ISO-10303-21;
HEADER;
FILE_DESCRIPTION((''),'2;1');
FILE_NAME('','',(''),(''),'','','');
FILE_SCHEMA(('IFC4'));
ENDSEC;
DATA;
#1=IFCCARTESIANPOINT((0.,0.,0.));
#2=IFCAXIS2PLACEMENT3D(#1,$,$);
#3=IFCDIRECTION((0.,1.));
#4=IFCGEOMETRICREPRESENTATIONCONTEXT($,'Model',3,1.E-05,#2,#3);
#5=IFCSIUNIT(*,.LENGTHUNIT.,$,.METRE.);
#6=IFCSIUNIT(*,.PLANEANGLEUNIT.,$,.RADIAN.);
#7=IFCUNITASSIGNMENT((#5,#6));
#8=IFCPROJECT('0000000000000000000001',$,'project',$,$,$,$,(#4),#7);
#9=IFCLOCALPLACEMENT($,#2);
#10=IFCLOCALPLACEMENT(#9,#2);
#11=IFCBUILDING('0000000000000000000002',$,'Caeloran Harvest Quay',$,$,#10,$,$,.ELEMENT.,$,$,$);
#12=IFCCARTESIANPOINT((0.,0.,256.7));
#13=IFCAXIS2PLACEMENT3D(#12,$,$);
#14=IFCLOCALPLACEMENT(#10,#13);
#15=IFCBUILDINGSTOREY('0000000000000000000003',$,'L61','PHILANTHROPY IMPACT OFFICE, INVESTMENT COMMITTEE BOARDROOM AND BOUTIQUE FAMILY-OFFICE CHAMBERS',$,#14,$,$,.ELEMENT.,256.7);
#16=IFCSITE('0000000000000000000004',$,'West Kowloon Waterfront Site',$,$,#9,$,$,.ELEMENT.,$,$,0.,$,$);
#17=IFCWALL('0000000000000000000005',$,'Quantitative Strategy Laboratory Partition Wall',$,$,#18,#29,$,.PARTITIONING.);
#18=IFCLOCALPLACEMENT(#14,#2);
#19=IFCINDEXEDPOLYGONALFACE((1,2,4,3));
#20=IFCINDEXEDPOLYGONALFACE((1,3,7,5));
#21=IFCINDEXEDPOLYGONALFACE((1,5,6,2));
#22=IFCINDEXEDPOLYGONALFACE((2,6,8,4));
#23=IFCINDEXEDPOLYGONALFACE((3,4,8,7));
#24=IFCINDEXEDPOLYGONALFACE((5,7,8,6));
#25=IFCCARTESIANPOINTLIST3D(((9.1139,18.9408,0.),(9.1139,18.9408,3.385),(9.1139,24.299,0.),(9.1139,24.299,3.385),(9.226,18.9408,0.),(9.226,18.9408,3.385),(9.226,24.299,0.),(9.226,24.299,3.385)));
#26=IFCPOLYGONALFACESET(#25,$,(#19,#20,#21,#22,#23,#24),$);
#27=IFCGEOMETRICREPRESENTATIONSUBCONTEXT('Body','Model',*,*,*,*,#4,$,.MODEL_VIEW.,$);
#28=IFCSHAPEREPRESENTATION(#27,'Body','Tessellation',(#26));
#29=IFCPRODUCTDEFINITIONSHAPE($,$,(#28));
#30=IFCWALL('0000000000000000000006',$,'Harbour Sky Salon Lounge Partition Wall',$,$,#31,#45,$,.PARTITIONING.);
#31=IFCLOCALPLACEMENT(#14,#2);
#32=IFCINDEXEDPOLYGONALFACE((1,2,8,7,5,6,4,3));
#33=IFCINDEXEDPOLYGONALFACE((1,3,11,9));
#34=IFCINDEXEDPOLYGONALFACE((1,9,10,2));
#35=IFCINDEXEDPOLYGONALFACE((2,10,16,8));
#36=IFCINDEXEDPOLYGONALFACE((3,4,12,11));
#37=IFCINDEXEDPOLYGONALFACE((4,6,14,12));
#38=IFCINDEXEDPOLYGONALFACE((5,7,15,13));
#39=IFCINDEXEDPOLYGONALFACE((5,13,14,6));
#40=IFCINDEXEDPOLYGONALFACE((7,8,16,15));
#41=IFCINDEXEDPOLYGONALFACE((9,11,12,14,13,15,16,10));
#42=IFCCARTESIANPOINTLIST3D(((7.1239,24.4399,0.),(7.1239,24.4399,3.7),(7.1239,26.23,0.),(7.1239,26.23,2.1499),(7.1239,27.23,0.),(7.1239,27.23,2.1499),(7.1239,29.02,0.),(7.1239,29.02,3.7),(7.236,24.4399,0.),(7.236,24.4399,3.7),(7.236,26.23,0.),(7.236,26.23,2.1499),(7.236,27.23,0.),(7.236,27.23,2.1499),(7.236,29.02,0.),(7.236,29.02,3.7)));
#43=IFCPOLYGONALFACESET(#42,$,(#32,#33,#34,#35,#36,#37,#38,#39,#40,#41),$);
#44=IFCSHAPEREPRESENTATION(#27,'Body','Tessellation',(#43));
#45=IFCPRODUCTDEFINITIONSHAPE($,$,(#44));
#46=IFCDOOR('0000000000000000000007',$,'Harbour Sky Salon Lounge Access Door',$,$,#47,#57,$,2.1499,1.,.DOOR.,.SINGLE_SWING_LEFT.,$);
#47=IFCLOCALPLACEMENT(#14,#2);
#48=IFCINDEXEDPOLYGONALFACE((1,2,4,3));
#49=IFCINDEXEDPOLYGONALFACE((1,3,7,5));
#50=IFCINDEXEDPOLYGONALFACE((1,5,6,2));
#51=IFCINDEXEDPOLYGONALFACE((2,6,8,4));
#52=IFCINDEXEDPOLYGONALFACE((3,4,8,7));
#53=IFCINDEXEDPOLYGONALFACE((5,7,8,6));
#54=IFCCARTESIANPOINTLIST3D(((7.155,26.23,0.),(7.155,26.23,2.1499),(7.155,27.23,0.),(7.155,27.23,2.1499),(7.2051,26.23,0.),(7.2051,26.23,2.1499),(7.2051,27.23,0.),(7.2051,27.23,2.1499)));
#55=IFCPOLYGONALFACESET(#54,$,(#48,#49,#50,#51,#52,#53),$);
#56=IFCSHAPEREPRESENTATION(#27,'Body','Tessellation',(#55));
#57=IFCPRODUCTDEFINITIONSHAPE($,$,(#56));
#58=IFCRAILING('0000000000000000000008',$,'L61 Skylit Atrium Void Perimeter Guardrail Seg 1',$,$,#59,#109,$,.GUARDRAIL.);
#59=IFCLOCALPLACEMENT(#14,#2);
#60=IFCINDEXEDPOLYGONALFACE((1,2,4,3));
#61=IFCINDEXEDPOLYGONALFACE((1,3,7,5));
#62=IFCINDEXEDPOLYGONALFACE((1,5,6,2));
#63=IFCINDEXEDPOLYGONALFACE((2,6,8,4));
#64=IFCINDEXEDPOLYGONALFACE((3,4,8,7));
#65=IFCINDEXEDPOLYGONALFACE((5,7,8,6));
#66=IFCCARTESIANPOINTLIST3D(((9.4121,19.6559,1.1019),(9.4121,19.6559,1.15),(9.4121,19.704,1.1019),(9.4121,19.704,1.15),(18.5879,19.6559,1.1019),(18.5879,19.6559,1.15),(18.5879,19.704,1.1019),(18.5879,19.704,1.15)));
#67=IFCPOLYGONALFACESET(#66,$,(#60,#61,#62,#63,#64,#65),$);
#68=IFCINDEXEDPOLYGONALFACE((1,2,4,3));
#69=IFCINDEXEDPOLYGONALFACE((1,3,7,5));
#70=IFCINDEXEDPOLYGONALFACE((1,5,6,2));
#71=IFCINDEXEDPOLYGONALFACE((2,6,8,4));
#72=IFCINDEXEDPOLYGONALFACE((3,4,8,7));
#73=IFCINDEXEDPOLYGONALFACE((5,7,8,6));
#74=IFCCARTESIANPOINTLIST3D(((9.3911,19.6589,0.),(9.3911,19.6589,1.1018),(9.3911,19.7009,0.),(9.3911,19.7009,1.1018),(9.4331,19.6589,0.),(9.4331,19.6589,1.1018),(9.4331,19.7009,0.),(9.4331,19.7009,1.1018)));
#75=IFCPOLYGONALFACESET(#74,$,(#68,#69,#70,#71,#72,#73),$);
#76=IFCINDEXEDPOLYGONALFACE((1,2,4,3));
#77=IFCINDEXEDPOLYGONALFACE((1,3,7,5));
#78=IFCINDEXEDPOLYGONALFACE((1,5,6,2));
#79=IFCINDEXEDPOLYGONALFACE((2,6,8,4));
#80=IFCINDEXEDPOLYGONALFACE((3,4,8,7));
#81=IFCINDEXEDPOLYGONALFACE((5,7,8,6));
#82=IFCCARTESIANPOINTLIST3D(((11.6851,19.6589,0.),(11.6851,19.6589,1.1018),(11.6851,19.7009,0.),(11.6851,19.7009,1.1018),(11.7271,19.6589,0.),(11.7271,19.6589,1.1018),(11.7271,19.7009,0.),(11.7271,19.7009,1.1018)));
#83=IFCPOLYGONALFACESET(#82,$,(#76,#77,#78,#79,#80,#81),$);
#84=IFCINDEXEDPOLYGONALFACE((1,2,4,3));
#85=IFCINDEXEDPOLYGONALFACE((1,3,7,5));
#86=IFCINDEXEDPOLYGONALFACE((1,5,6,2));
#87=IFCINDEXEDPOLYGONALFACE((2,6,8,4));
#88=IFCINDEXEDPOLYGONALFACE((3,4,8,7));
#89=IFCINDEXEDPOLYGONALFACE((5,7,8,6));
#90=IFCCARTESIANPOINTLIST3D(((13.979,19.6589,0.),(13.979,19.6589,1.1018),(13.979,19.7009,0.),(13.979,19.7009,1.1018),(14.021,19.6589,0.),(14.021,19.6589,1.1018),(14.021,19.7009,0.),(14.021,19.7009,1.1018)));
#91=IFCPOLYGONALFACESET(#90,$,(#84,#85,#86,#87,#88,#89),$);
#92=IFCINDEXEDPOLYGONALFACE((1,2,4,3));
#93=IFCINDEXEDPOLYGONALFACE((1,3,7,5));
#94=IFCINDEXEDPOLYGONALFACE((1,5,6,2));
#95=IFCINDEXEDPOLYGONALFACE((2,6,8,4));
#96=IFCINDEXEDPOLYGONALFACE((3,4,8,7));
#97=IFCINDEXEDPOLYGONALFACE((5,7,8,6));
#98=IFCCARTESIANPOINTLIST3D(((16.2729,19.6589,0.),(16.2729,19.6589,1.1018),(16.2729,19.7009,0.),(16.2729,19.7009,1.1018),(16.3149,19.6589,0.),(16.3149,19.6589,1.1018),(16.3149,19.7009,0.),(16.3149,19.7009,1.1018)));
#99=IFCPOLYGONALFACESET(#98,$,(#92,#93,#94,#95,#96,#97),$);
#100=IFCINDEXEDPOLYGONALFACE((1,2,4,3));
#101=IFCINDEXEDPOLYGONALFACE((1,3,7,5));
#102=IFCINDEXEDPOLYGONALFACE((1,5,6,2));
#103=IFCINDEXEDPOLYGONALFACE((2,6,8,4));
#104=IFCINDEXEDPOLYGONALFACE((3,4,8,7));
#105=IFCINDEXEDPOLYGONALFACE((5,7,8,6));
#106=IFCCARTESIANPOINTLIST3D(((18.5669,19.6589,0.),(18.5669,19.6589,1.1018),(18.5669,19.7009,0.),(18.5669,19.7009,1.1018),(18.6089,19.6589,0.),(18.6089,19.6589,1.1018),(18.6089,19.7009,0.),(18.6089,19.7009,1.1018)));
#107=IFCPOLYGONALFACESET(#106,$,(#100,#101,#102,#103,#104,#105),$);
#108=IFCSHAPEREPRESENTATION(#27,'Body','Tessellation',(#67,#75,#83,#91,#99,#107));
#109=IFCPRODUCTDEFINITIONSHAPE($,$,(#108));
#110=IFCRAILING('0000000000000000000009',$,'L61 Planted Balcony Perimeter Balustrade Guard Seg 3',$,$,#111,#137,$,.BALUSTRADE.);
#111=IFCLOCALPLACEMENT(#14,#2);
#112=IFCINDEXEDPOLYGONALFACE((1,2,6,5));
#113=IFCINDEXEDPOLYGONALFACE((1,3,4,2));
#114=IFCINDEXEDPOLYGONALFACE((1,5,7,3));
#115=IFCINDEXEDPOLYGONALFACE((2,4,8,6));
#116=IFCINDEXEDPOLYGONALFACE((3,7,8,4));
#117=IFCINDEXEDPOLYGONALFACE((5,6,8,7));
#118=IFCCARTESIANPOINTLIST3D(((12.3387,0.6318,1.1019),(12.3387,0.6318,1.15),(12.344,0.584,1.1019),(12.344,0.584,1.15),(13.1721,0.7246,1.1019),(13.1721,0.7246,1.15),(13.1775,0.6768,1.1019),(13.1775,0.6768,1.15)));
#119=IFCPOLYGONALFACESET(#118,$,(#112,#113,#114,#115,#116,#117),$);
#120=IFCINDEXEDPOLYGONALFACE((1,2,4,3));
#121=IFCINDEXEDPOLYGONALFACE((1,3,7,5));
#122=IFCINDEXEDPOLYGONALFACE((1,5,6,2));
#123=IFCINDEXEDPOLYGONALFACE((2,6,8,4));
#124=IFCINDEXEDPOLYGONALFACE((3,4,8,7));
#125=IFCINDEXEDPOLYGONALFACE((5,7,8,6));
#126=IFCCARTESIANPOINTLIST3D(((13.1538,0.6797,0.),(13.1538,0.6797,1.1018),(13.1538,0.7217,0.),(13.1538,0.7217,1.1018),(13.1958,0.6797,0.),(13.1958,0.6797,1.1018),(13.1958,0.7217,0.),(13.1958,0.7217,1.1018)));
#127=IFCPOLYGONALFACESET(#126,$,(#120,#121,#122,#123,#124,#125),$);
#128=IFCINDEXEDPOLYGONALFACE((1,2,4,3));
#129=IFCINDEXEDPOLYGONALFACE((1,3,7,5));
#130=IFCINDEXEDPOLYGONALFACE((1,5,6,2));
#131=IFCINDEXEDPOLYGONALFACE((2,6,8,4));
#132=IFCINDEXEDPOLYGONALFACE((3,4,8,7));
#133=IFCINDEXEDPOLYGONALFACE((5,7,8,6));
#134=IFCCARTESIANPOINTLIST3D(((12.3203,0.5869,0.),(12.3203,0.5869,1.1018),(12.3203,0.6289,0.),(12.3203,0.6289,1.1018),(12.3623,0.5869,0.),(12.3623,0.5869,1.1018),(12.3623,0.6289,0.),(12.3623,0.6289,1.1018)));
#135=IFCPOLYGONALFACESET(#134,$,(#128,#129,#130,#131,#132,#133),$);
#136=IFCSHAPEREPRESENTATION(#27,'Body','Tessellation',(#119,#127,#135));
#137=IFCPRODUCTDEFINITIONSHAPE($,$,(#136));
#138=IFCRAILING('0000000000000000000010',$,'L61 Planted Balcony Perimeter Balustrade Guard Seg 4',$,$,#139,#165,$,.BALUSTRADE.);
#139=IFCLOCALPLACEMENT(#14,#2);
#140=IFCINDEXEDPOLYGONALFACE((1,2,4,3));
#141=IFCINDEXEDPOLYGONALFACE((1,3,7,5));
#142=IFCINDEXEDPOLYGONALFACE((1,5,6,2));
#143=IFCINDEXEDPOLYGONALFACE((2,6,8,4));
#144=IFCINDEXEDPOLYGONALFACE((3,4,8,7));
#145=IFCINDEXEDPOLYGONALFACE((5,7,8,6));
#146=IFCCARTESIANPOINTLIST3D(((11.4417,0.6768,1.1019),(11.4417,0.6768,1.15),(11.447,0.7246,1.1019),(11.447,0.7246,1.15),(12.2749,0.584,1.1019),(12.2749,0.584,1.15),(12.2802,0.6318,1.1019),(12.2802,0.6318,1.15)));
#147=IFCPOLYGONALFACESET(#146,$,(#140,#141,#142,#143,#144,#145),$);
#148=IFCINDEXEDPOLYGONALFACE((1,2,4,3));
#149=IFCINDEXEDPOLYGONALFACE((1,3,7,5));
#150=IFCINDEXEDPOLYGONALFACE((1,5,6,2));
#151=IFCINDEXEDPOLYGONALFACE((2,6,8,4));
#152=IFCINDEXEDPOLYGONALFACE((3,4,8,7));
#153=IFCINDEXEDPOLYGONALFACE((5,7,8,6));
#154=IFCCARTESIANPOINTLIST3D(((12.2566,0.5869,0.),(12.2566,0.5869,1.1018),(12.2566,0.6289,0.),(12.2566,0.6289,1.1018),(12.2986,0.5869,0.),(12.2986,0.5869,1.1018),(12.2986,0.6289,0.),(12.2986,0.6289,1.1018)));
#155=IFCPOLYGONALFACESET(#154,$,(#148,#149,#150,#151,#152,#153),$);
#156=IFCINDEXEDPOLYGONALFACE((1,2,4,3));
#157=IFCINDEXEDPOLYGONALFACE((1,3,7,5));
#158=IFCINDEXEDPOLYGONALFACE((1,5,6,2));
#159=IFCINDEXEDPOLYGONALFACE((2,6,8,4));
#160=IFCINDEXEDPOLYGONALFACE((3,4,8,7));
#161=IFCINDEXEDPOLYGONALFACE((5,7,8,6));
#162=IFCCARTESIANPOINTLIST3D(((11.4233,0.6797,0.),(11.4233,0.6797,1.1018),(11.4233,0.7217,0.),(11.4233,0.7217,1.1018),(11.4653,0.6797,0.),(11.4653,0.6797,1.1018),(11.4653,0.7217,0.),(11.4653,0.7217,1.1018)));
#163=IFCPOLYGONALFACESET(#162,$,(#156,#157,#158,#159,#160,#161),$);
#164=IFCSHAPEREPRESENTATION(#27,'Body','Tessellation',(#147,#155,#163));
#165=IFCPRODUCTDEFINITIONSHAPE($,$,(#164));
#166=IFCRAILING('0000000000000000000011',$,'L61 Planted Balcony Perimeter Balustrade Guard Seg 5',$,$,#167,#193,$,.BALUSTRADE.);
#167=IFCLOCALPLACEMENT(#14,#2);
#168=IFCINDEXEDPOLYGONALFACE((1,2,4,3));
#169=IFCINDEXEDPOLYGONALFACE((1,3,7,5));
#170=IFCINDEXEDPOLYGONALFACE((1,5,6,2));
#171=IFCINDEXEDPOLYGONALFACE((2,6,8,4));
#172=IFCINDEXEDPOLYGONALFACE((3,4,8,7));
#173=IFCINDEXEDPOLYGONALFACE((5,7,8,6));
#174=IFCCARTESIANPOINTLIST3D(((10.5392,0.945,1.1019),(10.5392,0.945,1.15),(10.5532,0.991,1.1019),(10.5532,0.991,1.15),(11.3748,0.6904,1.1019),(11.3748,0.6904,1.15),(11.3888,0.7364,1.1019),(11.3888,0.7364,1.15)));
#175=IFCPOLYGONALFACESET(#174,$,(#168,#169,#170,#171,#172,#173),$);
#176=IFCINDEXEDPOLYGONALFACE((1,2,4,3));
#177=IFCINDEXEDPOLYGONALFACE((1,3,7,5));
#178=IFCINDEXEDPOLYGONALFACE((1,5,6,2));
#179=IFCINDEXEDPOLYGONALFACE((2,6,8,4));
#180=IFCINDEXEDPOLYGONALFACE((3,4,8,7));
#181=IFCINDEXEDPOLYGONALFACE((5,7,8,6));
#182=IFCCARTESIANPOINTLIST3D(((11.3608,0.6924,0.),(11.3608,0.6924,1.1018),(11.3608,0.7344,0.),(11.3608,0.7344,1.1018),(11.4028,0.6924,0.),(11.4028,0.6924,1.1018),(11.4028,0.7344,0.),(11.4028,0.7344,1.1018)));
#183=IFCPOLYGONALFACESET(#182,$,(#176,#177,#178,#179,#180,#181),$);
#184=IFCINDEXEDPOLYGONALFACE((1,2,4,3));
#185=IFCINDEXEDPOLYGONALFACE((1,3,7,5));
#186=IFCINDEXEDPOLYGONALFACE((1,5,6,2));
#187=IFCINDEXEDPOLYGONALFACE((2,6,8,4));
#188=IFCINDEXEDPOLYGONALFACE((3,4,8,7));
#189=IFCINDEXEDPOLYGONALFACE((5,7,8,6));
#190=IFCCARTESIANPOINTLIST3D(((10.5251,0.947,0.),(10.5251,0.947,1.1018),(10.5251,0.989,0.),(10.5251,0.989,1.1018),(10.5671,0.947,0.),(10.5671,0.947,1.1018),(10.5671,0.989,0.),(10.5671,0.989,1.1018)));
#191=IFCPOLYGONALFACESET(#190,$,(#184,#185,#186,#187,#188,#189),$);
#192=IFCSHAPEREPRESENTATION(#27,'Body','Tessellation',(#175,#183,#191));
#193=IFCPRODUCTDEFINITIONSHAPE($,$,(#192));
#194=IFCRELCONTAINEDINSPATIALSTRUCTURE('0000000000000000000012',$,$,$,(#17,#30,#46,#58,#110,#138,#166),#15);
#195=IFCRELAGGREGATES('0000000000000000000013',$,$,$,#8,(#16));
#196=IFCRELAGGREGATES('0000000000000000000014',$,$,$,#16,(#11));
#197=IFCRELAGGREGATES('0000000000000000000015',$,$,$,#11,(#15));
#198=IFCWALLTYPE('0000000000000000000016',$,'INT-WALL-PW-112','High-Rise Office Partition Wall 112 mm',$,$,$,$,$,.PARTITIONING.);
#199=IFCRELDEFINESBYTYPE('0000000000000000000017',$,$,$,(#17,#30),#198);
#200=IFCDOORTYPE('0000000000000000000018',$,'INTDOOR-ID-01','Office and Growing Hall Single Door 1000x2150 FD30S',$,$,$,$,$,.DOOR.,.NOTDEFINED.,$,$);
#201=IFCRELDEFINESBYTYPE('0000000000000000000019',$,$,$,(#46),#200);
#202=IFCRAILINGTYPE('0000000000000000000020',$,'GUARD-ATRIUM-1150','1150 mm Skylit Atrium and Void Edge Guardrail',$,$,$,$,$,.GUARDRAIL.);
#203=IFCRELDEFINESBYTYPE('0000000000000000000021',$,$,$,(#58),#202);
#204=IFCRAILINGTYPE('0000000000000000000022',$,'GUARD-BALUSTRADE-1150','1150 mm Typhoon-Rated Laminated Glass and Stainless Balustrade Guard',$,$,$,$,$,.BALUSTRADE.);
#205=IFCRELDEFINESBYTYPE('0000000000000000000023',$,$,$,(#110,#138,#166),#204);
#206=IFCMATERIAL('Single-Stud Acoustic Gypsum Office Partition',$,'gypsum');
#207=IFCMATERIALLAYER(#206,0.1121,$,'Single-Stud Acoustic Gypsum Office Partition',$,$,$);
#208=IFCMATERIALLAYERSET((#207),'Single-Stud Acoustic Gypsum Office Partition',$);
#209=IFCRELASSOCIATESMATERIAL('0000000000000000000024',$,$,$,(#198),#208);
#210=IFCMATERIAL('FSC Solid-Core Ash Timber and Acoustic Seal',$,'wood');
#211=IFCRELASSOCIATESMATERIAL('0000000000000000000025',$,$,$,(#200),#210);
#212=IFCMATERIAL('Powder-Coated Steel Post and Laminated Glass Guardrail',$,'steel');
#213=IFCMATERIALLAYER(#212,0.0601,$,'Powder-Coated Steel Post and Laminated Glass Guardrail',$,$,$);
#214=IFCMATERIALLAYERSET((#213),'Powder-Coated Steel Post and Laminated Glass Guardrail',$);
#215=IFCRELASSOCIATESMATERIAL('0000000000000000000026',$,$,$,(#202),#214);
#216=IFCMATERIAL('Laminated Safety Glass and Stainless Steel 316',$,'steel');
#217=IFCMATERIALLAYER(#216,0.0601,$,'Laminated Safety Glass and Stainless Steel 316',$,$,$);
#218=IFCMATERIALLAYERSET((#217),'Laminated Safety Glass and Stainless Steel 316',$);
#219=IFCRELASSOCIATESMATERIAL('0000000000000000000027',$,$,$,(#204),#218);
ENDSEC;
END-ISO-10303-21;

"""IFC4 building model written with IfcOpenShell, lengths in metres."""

from ifc_helpers import new_model, si_unit, direction, frame, frame_2d, origin, origin_2d, place, context, subcontext, project, spatial, rectangle, extrude, material, layer, layer_set, type_object, element, fill, save


model = new_model("IFC4")

# Units and contexts
model_context = context("Model", 3, precision=1e-05, world=origin(), true_north=direction((0.0, 1.0)))
body_context = subcontext(model_context, "Body", "Model", "MODEL_VIEW")
ifc_project = project(units=[si_unit("LENGTHUNIT", "METRE"), si_unit("PLANEANGLEUNIT", "RADIAN")], contexts=[model_context])

# Site, building, storey
site_placement = place(None, origin())
site = spatial("IfcSite", under=ifc_project, at=site_placement, Name="West Kowloon Waterfront Site", CompositionType="ELEMENT", RefElevation=0.0)
building_placement = place(site_placement, origin())
building = spatial("IfcBuilding", under=site, at=building_placement, Name="Caeloran Harvest Quay", CompositionType="ELEMENT")
storey_placement = place(building_placement, frame((0.0, 0.0, 256.7)))
storey = spatial("IfcBuildingStorey", under=building, at=storey_placement, Name="L61", Description="PHILANTHROPY IMPACT OFFICE, INVESTMENT COMMITTEE BOARDROOM AND BOUTIQUE FAMILY-OFFICE CHAMBERS", CompositionType="ELEMENT", Elevation=256.7)

# Shared definitions
ifc_material_1 = material(Name="Single-Stud Acoustic Gypsum Office Partition", Category="gypsum")
ifc_layer_1 = layer(ifc_material_1, 0.1121, Name="Single-Stud Acoustic Gypsum Office Partition")
ifc_layer_set_1 = layer_set([ifc_layer_1], Name="Single-Stud Acoustic Gypsum Office Partition")
wall_type_1 = type_object("IfcWallType", Name="INT-WALL-PW-112", Description="High-Rise Office Partition Wall 112 mm", PredefinedType="PARTITIONING", material=ifc_layer_set_1)
ifc_material_2 = material(Name="FSC Solid-Core Ash Timber and Acoustic Seal", Category="wood")
door_type = type_object("IfcDoorType", Name="INTDOOR-ID-01", Description="Office and Growing Hall Single Door 1000x2150 FD30S", OperationType="NOTDEFINED", PredefinedType="DOOR", material=ifc_material_2)

# Wall
wall_1_placement = place(storey_placement, frame((9.1699, 24.2991, 0.0), z_axis=(0.0, 0.0, 1.0), x_axis=(0.0, -1.0, 0.0)))
element("IfcWall", 1, at=wall_1_placement, inside=storey, type_object=wall_type_1, Name="Quantitative Strategy Laboratory Partition Wall", PredefinedType="PARTITIONING", context=body_context, shape_type="SweptSolid", body=[
    extrude(rectangle(XDim=5.3582, YDim=0.1121, at=frame_2d((2.6792, 0.0))), origin(), (0.0, 0.0, 1.0), 3.385),
])

# Wall, opening, door
wall_2_placement = place(storey_placement, frame((7.1799, 24.4399, 0.0), z_axis=(0.0, 0.0, 1.0), x_axis=(0.0, 1.0, 0.0)))
wall_2 = element("IfcWall", 2, at=wall_2_placement, inside=storey, type_object=wall_type_1, Name="Harbour Sky Salon Lounge Partition Wall", PredefinedType="PARTITIONING", context=body_context, shape_type="SweptSolid", body=[
    extrude(rectangle(XDim=4.5801, YDim=0.1121, at=frame_2d((2.29, 0.0))), origin(), (0.0, 0.0, 1.0), 3.7),
])
opening_1_placement = place(wall_2_placement, frame((1.79, 0.0, 0.0)))
opening_1 = element("IfcOpeningElement", 3, at=opening_1_placement, cuts=wall_2, PredefinedType="OPENING", context=body_context, shape_type="SweptSolid", body=[
    extrude(rectangle(XDim=1.0, YDim=2.1499, at=frame_2d((0.5, 1.075))), frame((0.0, 0.0659, 0.0), z_axis=(0.0, -1.0, 0.0), x_axis=(1.0, 0.0, 0.0)), (0.0, 0.0, 1.0), 0.1321),
])
door_1_placement = place(opening_1_placement, origin())
door_1 = element("IfcDoor", 4, at=door_1_placement, inside=storey, type_object=door_type, Name="Harbour Sky Salon Lounge Access Door", OperationType="SINGLE_SWING_LEFT", OverallHeight=2.1499, OverallWidth=1.0, PredefinedType="DOOR", context=body_context, shape_type="SweptSolid", body=[
    extrude(rectangle(XDim=1.0, YDim=2.1499, at=frame_2d((0.5, 1.075))), frame((0.0, 0.0249, 0.0), z_axis=(0.0, -1.0, 0.0), x_axis=(1.0, 0.0, 0.0)), (0.0, 0.0, 1.0), 0.05),
])
fill(opening_1, door_1)

# Railings
ifc_material_3 = material(Name="Powder-Coated Steel Post and Laminated Glass Guardrail", Category="steel")
ifc_layer_2 = layer(ifc_material_3, 0.0601, Name="Powder-Coated Steel Post and Laminated Glass Guardrail")
ifc_layer_set_2 = layer_set([ifc_layer_2], Name="Powder-Coated Steel Post and Laminated Glass Guardrail")
railing_type_1 = type_object("IfcRailingType", Name="GUARD-ATRIUM-1150", Description="1150 mm Skylit Atrium and Void Edge Guardrail", PredefinedType="GUARDRAIL", material=ifc_layer_set_2)
railing_1_placement = place(storey_placement, frame((9.4121, 19.6799, 0.0)))
element("IfcRailing", 5, at=railing_1_placement, inside=storey, type_object=railing_type_1, Name="L61 Skylit Atrium Void Perimeter Guardrail Seg 1", PredefinedType="GUARDRAIL", context=body_context, shape_type="SweptSolid", body=[
    extrude(rectangle(XDim=0.0481, YDim=0.0481, at=origin_2d()), frame((0.0, 0.0, 1.126), z_axis=(1.0, 0.0, 0.0), x_axis=(0.0, 1.0, 0.0)), (0.0, 0.0, 1.0), 9.1758),
    extrude(rectangle(XDim=0.042, YDim=0.042, at=origin_2d()), origin(), (0.0, 0.0, 1.0), 1.1018),
    extrude(rectangle(XDim=0.042, YDim=0.042, at=origin_2d()), frame((2.2939, 0.0, 0.0)), (0.0, 0.0, 1.0), 1.1018),
    extrude(rectangle(XDim=0.042, YDim=0.042, at=origin_2d()), frame((4.5879, 0.0, 0.0)), (0.0, 0.0, 1.0), 1.1018),
    extrude(rectangle(XDim=0.042, YDim=0.042, at=origin_2d()), frame((6.8818, 0.0, 0.0)), (0.0, 0.0, 1.0), 1.1018),
    extrude(rectangle(XDim=0.042, YDim=0.042, at=origin_2d()), frame((9.1758, 0.0, 0.0)), (0.0, 0.0, 1.0), 1.1018),
])
ifc_material_4 = material(Name="Laminated Safety Glass and Stainless Steel 316", Category="steel")
ifc_layer_3 = layer(ifc_material_4, 0.0601, Name="Laminated Safety Glass and Stainless Steel 316")
ifc_layer_set_3 = layer_set([ifc_layer_3], Name="Laminated Safety Glass and Stainless Steel 316")
railing_type_2 = type_object("IfcRailingType", Name="GUARD-BALUSTRADE-1150", Description="1150 mm Typhoon-Rated Laminated Glass and Stainless Balustrade Guard", PredefinedType="BALUSTRADE", material=ifc_layer_set_3)
railing_2_placement = place(storey_placement, frame((13.1748, 0.7007, 0.0)))
element("IfcRailing", 6, at=railing_2_placement, inside=storey, type_object=railing_type_2, Name="L61 Planted Balcony Perimeter Balustrade Guard Seg 3", PredefinedType="BALUSTRADE", context=body_context, shape_type="SweptSolid", body=[
    extrude(rectangle(XDim=0.0481, YDim=0.0481, at=origin_2d()), frame((0.0, 0.0, 1.126), z_axis=(-0.993862, -0.110623, 0.0), x_axis=(0.110623, -0.993862, 0.0)), (0.0, 0.0, 1.0), 0.8386),
    extrude(rectangle(XDim=0.042, YDim=0.042, at=origin_2d()), origin(), (0.0, 0.0, 1.0), 1.1018),
    extrude(rectangle(XDim=0.042, YDim=0.042, at=origin_2d()), frame((-0.8335, -0.0928, 0.0)), (0.0, 0.0, 1.0), 1.1018),
])
railing_3_placement = place(storey_placement, frame((12.2776, 0.6079, 0.0)))
element("IfcRailing", 7, at=railing_3_placement, inside=storey, type_object=railing_type_2, Name="L61 Planted Balcony Perimeter Balustrade Guard Seg 4", PredefinedType="BALUSTRADE", context=body_context, shape_type="SweptSolid", body=[
    extrude(rectangle(XDim=0.0481, YDim=0.0481, at=origin_2d()), frame((0.0, 0.0, 1.126), z_axis=(-0.993859, 0.110655, 0.0), x_axis=(-0.110655, -0.993859, 0.0)), (0.0, 0.0, 1.0), 0.8384),
    extrude(rectangle(XDim=0.042, YDim=0.042, at=origin_2d()), origin(), (0.0, 0.0, 1.0), 1.1018),
    extrude(rectangle(XDim=0.042, YDim=0.042, at=origin_2d()), frame((-0.8333, 0.0928, 0.0)), (0.0, 0.0, 1.0), 1.1018),
])
railing_4_placement = place(storey_placement, frame((11.3818, 0.7134, 0.0)))
element("IfcRailing", 8, at=railing_4_placement, inside=storey, type_object=railing_type_2, Name="L61 Planted Balcony Perimeter Balustrade Guard Seg 5", PredefinedType="BALUSTRADE", context=body_context, shape_type="SweptSolid", body=[
    extrude(rectangle(XDim=0.0481, YDim=0.0481, at=origin_2d()), frame((0.0, 0.0, 1.126), z_axis=(-0.956579, 0.291473, 0.0), x_axis=(-0.291473, -0.956579, 0.0)), (0.0, 0.0, 1.0), 0.8735),
    extrude(rectangle(XDim=0.042, YDim=0.042, at=origin_2d()), origin(), (0.0, 0.0, 1.0), 1.1018),
    extrude(rectangle(XDim=0.042, YDim=0.042, at=origin_2d()), frame((-0.8357, 0.2546, 0.0)), (0.0, 0.0, 1.0), 1.1018),
])

save(model, "model.ifc")
